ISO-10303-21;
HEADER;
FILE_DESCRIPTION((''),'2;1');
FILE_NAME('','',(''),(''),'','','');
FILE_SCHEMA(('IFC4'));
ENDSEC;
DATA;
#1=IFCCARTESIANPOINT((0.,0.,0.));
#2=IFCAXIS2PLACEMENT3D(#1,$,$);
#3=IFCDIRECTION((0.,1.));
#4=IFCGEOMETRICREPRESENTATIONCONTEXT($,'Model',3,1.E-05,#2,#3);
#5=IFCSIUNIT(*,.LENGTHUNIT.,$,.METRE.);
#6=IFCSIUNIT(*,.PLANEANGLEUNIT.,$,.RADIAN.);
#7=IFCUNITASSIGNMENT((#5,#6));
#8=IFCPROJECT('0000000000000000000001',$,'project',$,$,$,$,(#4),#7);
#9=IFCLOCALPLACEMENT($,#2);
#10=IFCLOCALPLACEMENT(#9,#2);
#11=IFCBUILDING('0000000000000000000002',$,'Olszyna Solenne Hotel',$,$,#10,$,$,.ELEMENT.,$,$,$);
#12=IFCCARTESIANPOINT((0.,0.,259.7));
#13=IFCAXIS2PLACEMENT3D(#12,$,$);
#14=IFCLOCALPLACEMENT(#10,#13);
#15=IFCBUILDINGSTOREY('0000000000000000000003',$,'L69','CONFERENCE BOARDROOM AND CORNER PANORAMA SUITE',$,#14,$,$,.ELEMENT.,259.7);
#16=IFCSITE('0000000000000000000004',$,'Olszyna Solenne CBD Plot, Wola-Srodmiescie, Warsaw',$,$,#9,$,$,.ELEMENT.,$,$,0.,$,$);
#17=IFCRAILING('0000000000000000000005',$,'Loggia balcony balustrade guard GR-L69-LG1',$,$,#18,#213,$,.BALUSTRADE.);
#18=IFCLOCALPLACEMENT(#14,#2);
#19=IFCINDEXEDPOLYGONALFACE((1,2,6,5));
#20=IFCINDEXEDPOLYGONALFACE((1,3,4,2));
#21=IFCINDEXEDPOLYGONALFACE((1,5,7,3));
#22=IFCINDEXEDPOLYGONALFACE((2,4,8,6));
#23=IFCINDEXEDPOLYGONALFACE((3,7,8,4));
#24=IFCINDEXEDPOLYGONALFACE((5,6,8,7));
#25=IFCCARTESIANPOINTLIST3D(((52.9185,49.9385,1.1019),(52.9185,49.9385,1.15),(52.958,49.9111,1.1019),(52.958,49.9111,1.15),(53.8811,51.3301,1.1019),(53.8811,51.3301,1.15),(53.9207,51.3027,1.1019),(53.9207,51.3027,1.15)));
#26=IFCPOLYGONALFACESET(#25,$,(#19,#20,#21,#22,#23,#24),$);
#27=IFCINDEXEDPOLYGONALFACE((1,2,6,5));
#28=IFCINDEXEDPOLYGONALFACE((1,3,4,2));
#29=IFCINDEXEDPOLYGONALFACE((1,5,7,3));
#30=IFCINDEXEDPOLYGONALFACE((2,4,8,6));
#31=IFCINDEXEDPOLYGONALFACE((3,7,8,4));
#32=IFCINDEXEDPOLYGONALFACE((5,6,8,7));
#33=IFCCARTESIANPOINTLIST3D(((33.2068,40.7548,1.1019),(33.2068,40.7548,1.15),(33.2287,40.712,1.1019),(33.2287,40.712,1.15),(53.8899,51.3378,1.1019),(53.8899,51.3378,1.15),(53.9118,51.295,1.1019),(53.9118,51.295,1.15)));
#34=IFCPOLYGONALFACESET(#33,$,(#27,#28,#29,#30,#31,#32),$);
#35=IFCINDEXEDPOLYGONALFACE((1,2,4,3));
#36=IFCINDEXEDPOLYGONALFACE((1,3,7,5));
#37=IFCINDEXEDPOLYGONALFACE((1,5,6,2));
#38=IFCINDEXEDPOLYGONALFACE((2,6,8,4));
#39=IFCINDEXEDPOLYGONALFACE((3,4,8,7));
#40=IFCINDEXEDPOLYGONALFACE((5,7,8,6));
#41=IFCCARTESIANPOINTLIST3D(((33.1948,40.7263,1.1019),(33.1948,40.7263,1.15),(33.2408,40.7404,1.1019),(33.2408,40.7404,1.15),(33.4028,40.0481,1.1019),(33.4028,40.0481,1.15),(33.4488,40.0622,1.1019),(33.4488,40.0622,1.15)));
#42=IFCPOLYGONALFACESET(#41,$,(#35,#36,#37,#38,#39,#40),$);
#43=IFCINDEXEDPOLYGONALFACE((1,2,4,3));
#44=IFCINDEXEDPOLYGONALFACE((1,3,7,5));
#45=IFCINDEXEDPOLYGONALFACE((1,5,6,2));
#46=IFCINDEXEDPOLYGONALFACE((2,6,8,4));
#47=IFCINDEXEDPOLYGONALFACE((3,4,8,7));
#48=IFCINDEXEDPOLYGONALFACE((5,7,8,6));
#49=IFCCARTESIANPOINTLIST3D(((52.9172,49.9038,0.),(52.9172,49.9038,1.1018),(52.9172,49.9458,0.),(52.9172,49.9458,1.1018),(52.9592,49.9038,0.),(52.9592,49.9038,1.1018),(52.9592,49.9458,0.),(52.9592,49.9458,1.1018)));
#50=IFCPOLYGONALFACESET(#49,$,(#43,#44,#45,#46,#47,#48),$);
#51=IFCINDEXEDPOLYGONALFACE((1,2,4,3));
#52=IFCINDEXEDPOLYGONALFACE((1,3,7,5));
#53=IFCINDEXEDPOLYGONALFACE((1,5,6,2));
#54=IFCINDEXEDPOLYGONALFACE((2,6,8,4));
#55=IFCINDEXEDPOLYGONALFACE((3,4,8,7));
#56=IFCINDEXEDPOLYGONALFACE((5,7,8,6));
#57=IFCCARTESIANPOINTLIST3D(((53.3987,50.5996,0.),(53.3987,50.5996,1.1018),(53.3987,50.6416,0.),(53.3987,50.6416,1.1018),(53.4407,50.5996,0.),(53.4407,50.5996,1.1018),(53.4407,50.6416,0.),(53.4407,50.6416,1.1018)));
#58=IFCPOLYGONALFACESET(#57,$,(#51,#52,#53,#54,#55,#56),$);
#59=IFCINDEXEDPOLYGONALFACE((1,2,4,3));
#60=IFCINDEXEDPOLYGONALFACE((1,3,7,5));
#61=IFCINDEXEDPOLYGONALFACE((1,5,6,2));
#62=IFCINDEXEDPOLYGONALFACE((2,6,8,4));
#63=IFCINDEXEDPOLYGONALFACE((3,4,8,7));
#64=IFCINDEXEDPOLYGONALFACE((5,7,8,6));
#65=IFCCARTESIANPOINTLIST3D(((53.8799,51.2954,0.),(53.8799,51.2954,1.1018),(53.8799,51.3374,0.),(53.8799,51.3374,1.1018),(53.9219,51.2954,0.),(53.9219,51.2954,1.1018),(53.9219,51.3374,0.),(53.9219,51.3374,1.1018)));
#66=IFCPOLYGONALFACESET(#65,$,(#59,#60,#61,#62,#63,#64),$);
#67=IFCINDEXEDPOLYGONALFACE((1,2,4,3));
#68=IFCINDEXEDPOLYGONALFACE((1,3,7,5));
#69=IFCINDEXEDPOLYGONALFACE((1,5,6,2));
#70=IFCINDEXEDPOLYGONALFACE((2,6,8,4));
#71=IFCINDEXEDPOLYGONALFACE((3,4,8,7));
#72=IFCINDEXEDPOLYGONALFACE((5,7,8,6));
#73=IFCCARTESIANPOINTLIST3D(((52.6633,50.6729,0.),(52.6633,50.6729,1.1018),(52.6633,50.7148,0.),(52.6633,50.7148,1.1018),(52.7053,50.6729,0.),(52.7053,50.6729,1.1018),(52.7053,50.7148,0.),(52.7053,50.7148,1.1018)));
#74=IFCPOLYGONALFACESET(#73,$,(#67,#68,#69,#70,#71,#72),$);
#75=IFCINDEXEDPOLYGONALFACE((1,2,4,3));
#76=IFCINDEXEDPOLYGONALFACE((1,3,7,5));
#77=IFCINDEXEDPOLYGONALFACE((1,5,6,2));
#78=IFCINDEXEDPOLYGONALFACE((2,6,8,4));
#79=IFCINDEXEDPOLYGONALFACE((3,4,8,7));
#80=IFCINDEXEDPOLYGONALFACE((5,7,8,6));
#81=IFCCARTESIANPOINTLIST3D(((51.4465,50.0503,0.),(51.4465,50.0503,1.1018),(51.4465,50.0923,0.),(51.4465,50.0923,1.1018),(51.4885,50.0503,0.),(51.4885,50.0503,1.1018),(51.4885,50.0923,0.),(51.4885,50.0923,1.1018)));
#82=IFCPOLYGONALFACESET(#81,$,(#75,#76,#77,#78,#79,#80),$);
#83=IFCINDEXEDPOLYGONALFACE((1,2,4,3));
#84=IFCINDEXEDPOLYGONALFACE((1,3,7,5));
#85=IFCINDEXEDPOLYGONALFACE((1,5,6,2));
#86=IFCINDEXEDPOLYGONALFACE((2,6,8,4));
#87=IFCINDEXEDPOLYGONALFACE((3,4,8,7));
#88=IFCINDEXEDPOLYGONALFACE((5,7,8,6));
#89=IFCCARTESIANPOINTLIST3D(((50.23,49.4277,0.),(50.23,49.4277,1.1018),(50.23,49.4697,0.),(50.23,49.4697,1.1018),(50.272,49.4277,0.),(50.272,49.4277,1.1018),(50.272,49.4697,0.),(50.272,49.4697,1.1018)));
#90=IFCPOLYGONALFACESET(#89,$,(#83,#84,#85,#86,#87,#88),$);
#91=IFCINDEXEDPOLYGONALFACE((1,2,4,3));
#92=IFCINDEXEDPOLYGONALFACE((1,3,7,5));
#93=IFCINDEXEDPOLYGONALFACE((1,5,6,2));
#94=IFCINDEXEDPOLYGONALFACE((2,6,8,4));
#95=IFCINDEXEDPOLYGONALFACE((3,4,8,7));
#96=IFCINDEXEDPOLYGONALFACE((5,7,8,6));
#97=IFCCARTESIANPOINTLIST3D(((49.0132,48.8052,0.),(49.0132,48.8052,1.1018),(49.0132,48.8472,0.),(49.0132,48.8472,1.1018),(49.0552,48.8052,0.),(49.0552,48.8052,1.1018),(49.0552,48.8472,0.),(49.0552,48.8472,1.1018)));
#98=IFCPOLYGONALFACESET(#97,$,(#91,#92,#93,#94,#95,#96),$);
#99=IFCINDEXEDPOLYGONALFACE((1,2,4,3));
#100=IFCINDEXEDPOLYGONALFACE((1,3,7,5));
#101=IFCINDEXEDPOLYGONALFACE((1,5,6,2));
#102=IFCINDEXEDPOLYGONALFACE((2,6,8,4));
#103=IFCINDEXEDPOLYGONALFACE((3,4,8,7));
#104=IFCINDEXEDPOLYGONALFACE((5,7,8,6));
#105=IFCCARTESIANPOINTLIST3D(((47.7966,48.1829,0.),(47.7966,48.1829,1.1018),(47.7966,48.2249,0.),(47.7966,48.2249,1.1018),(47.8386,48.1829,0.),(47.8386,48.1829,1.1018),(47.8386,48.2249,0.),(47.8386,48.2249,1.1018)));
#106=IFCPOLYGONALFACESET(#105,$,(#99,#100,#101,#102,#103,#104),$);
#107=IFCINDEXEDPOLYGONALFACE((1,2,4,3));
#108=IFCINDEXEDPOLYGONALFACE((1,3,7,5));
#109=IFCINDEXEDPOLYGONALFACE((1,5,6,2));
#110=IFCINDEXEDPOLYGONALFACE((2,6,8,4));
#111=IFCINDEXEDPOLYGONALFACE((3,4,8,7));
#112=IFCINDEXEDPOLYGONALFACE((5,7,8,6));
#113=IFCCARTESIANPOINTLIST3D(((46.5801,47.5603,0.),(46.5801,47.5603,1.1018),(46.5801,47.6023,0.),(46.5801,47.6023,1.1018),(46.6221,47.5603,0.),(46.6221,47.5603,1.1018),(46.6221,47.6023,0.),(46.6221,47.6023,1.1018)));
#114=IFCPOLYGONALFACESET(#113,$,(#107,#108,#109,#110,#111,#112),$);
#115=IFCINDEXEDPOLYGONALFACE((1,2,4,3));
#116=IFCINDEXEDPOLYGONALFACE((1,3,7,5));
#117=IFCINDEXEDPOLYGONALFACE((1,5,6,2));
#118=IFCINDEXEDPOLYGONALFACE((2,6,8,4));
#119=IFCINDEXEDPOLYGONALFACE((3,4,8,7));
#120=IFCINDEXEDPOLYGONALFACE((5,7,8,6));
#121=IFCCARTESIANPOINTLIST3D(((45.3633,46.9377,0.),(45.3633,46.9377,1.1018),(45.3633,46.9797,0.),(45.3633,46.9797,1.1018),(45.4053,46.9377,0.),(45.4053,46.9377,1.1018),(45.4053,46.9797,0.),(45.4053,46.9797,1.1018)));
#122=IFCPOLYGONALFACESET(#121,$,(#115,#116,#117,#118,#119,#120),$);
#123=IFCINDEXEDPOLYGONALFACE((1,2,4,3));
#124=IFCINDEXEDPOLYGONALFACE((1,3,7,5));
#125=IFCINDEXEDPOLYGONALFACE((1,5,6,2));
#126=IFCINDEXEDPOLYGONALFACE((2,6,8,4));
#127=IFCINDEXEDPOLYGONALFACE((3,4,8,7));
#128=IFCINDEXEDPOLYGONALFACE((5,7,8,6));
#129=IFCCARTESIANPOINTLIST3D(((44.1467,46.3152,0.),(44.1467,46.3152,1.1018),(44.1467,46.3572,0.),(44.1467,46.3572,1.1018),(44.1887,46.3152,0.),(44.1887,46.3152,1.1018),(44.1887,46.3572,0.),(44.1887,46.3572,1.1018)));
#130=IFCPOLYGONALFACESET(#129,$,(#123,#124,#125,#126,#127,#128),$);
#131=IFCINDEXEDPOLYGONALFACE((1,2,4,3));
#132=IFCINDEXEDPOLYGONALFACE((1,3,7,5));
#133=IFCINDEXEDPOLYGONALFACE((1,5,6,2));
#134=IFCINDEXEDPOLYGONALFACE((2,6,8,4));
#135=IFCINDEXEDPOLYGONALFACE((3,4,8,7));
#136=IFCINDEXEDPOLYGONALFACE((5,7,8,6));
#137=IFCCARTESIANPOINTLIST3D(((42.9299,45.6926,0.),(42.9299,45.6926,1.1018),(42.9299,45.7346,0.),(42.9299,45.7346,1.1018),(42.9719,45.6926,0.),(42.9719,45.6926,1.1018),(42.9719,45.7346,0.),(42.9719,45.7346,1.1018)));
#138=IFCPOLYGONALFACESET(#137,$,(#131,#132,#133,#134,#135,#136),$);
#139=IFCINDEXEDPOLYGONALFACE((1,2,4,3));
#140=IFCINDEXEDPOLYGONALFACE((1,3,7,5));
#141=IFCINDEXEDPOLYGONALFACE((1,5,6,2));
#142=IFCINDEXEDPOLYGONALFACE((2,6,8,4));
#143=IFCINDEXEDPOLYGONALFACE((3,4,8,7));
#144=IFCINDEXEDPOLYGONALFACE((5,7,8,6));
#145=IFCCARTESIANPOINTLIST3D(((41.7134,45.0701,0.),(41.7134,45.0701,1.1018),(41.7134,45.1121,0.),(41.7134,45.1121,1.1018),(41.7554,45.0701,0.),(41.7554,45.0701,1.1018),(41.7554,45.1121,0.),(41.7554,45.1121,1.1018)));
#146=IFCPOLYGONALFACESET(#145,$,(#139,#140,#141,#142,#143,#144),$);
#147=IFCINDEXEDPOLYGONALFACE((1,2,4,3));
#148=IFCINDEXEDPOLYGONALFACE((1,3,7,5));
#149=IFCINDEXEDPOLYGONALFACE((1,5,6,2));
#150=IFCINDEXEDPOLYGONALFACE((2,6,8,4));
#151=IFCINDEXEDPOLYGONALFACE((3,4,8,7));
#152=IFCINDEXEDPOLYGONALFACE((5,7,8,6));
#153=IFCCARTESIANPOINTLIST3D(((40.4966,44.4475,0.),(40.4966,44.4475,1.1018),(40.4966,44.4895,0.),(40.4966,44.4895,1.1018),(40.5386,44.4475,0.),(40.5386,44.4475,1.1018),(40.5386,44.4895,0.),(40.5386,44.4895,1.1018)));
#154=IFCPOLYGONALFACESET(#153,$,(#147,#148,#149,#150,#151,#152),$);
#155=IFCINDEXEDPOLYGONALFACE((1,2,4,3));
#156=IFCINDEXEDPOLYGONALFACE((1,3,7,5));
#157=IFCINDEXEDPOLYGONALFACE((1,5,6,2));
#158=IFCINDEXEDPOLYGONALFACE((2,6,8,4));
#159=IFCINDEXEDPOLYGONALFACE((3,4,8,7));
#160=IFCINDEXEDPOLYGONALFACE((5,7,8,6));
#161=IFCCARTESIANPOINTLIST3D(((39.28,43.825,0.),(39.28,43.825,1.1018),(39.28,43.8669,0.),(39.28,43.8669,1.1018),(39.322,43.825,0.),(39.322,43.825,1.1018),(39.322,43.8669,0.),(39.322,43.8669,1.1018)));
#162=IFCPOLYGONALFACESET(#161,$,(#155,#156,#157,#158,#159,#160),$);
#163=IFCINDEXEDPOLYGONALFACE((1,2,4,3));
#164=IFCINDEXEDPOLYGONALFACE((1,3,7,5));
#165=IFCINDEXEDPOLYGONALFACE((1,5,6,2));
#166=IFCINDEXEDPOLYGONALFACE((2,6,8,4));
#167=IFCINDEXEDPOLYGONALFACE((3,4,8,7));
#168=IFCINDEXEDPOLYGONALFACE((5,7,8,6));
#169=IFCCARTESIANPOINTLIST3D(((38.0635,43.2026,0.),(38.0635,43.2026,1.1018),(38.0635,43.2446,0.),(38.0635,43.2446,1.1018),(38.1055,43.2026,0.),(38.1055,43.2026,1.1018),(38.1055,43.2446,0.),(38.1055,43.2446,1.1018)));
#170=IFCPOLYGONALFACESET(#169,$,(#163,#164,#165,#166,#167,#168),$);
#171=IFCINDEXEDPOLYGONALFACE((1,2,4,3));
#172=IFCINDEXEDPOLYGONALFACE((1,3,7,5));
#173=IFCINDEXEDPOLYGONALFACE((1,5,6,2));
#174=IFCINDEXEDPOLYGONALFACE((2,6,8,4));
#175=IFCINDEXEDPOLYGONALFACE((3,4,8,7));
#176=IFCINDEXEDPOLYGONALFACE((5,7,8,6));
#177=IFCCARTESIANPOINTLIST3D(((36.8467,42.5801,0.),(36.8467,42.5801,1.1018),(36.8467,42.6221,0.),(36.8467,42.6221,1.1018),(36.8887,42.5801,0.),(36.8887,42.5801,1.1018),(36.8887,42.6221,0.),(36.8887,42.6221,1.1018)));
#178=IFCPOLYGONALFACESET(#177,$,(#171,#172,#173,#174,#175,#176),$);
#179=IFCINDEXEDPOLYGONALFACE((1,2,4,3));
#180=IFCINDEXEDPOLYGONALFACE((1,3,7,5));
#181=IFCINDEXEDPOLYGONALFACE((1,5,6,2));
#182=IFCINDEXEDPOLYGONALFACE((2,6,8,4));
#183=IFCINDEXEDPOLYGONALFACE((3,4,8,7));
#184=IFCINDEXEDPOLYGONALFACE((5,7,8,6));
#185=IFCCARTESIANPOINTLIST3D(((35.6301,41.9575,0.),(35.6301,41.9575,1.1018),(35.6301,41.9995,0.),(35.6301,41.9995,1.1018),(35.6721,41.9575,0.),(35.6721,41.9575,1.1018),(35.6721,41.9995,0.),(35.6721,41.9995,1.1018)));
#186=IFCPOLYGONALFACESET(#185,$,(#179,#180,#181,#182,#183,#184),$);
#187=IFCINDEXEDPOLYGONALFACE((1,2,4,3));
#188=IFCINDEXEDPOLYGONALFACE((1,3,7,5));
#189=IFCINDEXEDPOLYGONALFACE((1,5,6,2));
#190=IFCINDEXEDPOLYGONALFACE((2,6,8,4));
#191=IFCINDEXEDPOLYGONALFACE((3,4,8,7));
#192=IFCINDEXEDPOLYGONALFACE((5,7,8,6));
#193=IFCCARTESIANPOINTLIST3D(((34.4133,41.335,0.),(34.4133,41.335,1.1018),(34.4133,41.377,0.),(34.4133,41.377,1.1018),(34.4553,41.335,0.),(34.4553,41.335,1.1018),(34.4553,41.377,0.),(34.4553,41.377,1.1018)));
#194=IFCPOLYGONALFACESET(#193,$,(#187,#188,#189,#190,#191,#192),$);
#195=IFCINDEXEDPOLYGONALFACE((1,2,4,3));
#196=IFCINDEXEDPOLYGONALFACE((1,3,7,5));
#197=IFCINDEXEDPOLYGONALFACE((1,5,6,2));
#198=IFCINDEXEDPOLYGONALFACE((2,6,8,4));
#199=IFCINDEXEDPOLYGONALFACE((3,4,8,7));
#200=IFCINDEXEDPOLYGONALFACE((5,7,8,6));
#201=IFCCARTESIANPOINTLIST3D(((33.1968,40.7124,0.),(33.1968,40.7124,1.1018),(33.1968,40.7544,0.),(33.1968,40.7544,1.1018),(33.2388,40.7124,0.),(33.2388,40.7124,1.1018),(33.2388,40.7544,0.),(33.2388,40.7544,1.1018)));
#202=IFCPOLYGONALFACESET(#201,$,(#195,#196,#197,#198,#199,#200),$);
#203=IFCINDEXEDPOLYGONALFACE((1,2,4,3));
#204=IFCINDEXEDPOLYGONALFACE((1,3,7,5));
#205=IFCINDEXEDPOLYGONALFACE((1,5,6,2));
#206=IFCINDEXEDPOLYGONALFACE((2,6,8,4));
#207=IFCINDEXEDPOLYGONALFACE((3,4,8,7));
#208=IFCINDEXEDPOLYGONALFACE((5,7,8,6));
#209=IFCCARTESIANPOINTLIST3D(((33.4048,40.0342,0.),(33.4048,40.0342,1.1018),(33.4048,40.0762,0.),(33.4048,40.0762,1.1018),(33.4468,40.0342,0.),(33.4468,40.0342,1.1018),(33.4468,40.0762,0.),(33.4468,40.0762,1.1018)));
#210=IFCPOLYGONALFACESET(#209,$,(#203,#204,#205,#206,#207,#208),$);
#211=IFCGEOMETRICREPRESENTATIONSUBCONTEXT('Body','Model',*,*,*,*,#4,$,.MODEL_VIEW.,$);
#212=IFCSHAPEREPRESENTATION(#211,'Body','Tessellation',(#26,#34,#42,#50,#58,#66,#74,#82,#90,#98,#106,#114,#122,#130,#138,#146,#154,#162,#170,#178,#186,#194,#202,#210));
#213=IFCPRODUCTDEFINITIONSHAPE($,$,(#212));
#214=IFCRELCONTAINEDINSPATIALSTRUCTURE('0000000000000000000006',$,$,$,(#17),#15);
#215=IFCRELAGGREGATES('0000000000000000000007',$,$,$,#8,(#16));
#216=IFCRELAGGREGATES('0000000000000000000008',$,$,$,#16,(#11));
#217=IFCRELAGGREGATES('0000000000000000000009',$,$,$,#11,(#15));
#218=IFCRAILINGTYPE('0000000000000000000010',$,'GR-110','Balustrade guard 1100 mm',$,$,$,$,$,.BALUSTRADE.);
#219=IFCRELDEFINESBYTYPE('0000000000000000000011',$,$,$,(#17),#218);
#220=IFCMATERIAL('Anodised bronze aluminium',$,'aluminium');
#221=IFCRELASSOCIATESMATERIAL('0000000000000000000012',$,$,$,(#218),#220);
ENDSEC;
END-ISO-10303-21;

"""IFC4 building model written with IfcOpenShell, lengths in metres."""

from ifc_helpers import new_model, si_unit, direction, frame, origin, origin_2d, place, context, subcontext, project, spatial, rectangle, extrude, material, type_object, element, save


model = new_model("IFC4")

# Units and contexts
model_context = context("Model", 3, precision=1e-05, world=origin(), true_north=direction((0.0, 1.0)))
body_context = subcontext(model_context, "Body", "Model", "MODEL_VIEW")
ifc_project = project(units=[si_unit("LENGTHUNIT", "METRE"), si_unit("PLANEANGLEUNIT", "RADIAN")], contexts=[model_context])

# Site, building, storey
site_placement = place(None, origin())
site = spatial("IfcSite", under=ifc_project, at=site_placement, Name="Olszyna Solenne CBD Plot, Wola-Srodmiescie, Warsaw", CompositionType="ELEMENT", RefElevation=0.0)
building_placement = place(site_placement, origin())
building = spatial("IfcBuilding", under=site, at=building_placement, Name="Olszyna Solenne Hotel", CompositionType="ELEMENT")
storey_placement = place(building_placement, frame((0.0, 0.0, 259.7)))
storey = spatial("IfcBuildingStorey", under=building, at=storey_placement, Name="L69", Description="CONFERENCE BOARDROOM AND CORNER PANORAMA SUITE", CompositionType="ELEMENT", Elevation=259.7)

# Railing
ifc_material_1 = material(Name="Anodised bronze aluminium", Category="aluminium")
railing_type = type_object("IfcRailingType", Name="GR-110", Description="Balustrade guard 1100 mm", PredefinedType="BALUSTRADE", material=ifc_material_1)
railing_placement = place(storey_placement, frame((52.9382, 49.9248, 0.0)))
element("IfcRailing", 1, at=railing_placement, inside=storey, type_object=railing_type, Name="Loggia balcony balustrade guard GR-L69-LG1", PredefinedType="BALUSTRADE", context=body_context, shape_type="SweptSolid", body=[
    extrude(rectangle(XDim=0.0481, YDim=0.0481, at=origin_2d()), frame((0.0, 0.0, 1.126), z_axis=(0.568902, 0.822405, 0.0), x_axis=(-0.822405, 0.568902, 0.0)), (0.0, 0.0, 1.0), 1.6921),
    extrude(rectangle(XDim=0.0481, YDim=0.0481, at=origin_2d()), frame((0.9626, 1.3916, 1.126), z_axis=(-0.890232, -0.455508, 0.0), x_axis=(0.455508, -0.890232, 0.0)), (0.0, 0.0, 1.0), 23.2334),
    extrude(rectangle(XDim=0.0481, YDim=0.0481, at=origin_2d()), frame((-19.7205, -9.1914, 1.126), z_axis=(0.293215, -0.956046, 0.0), x_axis=(0.956046, 0.293215, 0.0)), (0.0, 0.0, 1.0), 0.7095),
    extrude(rectangle(XDim=0.042, YDim=0.042, at=origin_2d()), origin(), (0.0, 0.0, 1.0), 1.1018),
    extrude(rectangle(XDim=0.042, YDim=0.042, at=origin_2d()), frame((0.4814, 0.6958, 0.0)), (0.0, 0.0, 1.0), 1.1018),
    extrude(rectangle(XDim=0.042, YDim=0.042, at=origin_2d()), frame((0.9626, 1.3916, 0.0)), (0.0, 0.0, 1.0), 1.1018),
    extrude(rectangle(XDim=0.042, YDim=0.042, at=origin_2d()), frame((-0.2539, 0.769, 0.0)), (0.0, 0.0, 1.0), 1.1018),
    extrude(rectangle(XDim=0.042, YDim=0.042, at=origin_2d()), frame((-1.4707, 0.1465, 0.0)), (0.0, 0.0, 1.0), 1.1018),
    extrude(rectangle(XDim=0.042, YDim=0.042, at=origin_2d()), frame((-2.6873, -0.4761, 0.0)), (0.0, 0.0, 1.0), 1.1018),
    extrude(rectangle(XDim=0.042, YDim=0.042, at=origin_2d()), frame((-3.9041, -1.0986, 0.0)), (0.0, 0.0, 1.0), 1.1018),
    extrude(rectangle(XDim=0.042, YDim=0.042, at=origin_2d()), frame((-5.1206, -1.7209, 0.0)), (0.0, 0.0, 1.0), 1.1018),
    extrude(rectangle(XDim=0.042, YDim=0.042, at=origin_2d()), frame((-6.3372, -2.3435, 0.0)), (0.0, 0.0, 1.0), 1.1018),
    extrude(rectangle(XDim=0.042, YDim=0.042, at=origin_2d()), frame((-7.554, -2.9661, 0.0)), (0.0, 0.0, 1.0), 1.1018),
    extrude(rectangle(XDim=0.042, YDim=0.042, at=origin_2d()), frame((-8.7705, -3.5886, 0.0)), (0.0, 0.0, 1.0), 1.1018),
    extrude(rectangle(XDim=0.042, YDim=0.042, at=origin_2d()), frame((-9.9873, -4.2112, 0.0)), (0.0, 0.0, 1.0), 1.1018),
    extrude(rectangle(XDim=0.042, YDim=0.042, at=origin_2d()), frame((-11.2039, -4.8337, 0.0)), (0.0, 0.0, 1.0), 1.1018),
    extrude(rectangle(XDim=0.042, YDim=0.042, at=origin_2d()), frame((-12.4207, -5.4563, 0.0)), (0.0, 0.0, 1.0), 1.1018),
    extrude(rectangle(XDim=0.042, YDim=0.042, at=origin_2d()), frame((-13.6372, -6.0789, 0.0)), (0.0, 0.0, 1.0), 1.1018),
    extrude(rectangle(XDim=0.042, YDim=0.042, at=origin_2d()), frame((-14.8538, -6.7012, 0.0)), (0.0, 0.0, 1.0), 1.1018),
    extrude(rectangle(XDim=0.042, YDim=0.042, at=origin_2d()), frame((-16.0706, -7.3237, 0.0)), (0.0, 0.0, 1.0), 1.1018),
    extrude(rectangle(XDim=0.042, YDim=0.042, at=origin_2d()), frame((-17.2871, -7.9463, 0.0)), (0.0, 0.0, 1.0), 1.1018),
    extrude(rectangle(XDim=0.042, YDim=0.042, at=origin_2d()), frame((-18.5039, -8.5688, 0.0)), (0.0, 0.0, 1.0), 1.1018),
    extrude(rectangle(XDim=0.042, YDim=0.042, at=origin_2d()), frame((-19.7205, -9.1914, 0.0)), (0.0, 0.0, 1.0), 1.1018),
    extrude(rectangle(XDim=0.042, YDim=0.042, at=origin_2d()), frame((-19.5125, -9.8696, 0.0)), (0.0, 0.0, 1.0), 1.1018),
])

save(model, "model.ifc")
